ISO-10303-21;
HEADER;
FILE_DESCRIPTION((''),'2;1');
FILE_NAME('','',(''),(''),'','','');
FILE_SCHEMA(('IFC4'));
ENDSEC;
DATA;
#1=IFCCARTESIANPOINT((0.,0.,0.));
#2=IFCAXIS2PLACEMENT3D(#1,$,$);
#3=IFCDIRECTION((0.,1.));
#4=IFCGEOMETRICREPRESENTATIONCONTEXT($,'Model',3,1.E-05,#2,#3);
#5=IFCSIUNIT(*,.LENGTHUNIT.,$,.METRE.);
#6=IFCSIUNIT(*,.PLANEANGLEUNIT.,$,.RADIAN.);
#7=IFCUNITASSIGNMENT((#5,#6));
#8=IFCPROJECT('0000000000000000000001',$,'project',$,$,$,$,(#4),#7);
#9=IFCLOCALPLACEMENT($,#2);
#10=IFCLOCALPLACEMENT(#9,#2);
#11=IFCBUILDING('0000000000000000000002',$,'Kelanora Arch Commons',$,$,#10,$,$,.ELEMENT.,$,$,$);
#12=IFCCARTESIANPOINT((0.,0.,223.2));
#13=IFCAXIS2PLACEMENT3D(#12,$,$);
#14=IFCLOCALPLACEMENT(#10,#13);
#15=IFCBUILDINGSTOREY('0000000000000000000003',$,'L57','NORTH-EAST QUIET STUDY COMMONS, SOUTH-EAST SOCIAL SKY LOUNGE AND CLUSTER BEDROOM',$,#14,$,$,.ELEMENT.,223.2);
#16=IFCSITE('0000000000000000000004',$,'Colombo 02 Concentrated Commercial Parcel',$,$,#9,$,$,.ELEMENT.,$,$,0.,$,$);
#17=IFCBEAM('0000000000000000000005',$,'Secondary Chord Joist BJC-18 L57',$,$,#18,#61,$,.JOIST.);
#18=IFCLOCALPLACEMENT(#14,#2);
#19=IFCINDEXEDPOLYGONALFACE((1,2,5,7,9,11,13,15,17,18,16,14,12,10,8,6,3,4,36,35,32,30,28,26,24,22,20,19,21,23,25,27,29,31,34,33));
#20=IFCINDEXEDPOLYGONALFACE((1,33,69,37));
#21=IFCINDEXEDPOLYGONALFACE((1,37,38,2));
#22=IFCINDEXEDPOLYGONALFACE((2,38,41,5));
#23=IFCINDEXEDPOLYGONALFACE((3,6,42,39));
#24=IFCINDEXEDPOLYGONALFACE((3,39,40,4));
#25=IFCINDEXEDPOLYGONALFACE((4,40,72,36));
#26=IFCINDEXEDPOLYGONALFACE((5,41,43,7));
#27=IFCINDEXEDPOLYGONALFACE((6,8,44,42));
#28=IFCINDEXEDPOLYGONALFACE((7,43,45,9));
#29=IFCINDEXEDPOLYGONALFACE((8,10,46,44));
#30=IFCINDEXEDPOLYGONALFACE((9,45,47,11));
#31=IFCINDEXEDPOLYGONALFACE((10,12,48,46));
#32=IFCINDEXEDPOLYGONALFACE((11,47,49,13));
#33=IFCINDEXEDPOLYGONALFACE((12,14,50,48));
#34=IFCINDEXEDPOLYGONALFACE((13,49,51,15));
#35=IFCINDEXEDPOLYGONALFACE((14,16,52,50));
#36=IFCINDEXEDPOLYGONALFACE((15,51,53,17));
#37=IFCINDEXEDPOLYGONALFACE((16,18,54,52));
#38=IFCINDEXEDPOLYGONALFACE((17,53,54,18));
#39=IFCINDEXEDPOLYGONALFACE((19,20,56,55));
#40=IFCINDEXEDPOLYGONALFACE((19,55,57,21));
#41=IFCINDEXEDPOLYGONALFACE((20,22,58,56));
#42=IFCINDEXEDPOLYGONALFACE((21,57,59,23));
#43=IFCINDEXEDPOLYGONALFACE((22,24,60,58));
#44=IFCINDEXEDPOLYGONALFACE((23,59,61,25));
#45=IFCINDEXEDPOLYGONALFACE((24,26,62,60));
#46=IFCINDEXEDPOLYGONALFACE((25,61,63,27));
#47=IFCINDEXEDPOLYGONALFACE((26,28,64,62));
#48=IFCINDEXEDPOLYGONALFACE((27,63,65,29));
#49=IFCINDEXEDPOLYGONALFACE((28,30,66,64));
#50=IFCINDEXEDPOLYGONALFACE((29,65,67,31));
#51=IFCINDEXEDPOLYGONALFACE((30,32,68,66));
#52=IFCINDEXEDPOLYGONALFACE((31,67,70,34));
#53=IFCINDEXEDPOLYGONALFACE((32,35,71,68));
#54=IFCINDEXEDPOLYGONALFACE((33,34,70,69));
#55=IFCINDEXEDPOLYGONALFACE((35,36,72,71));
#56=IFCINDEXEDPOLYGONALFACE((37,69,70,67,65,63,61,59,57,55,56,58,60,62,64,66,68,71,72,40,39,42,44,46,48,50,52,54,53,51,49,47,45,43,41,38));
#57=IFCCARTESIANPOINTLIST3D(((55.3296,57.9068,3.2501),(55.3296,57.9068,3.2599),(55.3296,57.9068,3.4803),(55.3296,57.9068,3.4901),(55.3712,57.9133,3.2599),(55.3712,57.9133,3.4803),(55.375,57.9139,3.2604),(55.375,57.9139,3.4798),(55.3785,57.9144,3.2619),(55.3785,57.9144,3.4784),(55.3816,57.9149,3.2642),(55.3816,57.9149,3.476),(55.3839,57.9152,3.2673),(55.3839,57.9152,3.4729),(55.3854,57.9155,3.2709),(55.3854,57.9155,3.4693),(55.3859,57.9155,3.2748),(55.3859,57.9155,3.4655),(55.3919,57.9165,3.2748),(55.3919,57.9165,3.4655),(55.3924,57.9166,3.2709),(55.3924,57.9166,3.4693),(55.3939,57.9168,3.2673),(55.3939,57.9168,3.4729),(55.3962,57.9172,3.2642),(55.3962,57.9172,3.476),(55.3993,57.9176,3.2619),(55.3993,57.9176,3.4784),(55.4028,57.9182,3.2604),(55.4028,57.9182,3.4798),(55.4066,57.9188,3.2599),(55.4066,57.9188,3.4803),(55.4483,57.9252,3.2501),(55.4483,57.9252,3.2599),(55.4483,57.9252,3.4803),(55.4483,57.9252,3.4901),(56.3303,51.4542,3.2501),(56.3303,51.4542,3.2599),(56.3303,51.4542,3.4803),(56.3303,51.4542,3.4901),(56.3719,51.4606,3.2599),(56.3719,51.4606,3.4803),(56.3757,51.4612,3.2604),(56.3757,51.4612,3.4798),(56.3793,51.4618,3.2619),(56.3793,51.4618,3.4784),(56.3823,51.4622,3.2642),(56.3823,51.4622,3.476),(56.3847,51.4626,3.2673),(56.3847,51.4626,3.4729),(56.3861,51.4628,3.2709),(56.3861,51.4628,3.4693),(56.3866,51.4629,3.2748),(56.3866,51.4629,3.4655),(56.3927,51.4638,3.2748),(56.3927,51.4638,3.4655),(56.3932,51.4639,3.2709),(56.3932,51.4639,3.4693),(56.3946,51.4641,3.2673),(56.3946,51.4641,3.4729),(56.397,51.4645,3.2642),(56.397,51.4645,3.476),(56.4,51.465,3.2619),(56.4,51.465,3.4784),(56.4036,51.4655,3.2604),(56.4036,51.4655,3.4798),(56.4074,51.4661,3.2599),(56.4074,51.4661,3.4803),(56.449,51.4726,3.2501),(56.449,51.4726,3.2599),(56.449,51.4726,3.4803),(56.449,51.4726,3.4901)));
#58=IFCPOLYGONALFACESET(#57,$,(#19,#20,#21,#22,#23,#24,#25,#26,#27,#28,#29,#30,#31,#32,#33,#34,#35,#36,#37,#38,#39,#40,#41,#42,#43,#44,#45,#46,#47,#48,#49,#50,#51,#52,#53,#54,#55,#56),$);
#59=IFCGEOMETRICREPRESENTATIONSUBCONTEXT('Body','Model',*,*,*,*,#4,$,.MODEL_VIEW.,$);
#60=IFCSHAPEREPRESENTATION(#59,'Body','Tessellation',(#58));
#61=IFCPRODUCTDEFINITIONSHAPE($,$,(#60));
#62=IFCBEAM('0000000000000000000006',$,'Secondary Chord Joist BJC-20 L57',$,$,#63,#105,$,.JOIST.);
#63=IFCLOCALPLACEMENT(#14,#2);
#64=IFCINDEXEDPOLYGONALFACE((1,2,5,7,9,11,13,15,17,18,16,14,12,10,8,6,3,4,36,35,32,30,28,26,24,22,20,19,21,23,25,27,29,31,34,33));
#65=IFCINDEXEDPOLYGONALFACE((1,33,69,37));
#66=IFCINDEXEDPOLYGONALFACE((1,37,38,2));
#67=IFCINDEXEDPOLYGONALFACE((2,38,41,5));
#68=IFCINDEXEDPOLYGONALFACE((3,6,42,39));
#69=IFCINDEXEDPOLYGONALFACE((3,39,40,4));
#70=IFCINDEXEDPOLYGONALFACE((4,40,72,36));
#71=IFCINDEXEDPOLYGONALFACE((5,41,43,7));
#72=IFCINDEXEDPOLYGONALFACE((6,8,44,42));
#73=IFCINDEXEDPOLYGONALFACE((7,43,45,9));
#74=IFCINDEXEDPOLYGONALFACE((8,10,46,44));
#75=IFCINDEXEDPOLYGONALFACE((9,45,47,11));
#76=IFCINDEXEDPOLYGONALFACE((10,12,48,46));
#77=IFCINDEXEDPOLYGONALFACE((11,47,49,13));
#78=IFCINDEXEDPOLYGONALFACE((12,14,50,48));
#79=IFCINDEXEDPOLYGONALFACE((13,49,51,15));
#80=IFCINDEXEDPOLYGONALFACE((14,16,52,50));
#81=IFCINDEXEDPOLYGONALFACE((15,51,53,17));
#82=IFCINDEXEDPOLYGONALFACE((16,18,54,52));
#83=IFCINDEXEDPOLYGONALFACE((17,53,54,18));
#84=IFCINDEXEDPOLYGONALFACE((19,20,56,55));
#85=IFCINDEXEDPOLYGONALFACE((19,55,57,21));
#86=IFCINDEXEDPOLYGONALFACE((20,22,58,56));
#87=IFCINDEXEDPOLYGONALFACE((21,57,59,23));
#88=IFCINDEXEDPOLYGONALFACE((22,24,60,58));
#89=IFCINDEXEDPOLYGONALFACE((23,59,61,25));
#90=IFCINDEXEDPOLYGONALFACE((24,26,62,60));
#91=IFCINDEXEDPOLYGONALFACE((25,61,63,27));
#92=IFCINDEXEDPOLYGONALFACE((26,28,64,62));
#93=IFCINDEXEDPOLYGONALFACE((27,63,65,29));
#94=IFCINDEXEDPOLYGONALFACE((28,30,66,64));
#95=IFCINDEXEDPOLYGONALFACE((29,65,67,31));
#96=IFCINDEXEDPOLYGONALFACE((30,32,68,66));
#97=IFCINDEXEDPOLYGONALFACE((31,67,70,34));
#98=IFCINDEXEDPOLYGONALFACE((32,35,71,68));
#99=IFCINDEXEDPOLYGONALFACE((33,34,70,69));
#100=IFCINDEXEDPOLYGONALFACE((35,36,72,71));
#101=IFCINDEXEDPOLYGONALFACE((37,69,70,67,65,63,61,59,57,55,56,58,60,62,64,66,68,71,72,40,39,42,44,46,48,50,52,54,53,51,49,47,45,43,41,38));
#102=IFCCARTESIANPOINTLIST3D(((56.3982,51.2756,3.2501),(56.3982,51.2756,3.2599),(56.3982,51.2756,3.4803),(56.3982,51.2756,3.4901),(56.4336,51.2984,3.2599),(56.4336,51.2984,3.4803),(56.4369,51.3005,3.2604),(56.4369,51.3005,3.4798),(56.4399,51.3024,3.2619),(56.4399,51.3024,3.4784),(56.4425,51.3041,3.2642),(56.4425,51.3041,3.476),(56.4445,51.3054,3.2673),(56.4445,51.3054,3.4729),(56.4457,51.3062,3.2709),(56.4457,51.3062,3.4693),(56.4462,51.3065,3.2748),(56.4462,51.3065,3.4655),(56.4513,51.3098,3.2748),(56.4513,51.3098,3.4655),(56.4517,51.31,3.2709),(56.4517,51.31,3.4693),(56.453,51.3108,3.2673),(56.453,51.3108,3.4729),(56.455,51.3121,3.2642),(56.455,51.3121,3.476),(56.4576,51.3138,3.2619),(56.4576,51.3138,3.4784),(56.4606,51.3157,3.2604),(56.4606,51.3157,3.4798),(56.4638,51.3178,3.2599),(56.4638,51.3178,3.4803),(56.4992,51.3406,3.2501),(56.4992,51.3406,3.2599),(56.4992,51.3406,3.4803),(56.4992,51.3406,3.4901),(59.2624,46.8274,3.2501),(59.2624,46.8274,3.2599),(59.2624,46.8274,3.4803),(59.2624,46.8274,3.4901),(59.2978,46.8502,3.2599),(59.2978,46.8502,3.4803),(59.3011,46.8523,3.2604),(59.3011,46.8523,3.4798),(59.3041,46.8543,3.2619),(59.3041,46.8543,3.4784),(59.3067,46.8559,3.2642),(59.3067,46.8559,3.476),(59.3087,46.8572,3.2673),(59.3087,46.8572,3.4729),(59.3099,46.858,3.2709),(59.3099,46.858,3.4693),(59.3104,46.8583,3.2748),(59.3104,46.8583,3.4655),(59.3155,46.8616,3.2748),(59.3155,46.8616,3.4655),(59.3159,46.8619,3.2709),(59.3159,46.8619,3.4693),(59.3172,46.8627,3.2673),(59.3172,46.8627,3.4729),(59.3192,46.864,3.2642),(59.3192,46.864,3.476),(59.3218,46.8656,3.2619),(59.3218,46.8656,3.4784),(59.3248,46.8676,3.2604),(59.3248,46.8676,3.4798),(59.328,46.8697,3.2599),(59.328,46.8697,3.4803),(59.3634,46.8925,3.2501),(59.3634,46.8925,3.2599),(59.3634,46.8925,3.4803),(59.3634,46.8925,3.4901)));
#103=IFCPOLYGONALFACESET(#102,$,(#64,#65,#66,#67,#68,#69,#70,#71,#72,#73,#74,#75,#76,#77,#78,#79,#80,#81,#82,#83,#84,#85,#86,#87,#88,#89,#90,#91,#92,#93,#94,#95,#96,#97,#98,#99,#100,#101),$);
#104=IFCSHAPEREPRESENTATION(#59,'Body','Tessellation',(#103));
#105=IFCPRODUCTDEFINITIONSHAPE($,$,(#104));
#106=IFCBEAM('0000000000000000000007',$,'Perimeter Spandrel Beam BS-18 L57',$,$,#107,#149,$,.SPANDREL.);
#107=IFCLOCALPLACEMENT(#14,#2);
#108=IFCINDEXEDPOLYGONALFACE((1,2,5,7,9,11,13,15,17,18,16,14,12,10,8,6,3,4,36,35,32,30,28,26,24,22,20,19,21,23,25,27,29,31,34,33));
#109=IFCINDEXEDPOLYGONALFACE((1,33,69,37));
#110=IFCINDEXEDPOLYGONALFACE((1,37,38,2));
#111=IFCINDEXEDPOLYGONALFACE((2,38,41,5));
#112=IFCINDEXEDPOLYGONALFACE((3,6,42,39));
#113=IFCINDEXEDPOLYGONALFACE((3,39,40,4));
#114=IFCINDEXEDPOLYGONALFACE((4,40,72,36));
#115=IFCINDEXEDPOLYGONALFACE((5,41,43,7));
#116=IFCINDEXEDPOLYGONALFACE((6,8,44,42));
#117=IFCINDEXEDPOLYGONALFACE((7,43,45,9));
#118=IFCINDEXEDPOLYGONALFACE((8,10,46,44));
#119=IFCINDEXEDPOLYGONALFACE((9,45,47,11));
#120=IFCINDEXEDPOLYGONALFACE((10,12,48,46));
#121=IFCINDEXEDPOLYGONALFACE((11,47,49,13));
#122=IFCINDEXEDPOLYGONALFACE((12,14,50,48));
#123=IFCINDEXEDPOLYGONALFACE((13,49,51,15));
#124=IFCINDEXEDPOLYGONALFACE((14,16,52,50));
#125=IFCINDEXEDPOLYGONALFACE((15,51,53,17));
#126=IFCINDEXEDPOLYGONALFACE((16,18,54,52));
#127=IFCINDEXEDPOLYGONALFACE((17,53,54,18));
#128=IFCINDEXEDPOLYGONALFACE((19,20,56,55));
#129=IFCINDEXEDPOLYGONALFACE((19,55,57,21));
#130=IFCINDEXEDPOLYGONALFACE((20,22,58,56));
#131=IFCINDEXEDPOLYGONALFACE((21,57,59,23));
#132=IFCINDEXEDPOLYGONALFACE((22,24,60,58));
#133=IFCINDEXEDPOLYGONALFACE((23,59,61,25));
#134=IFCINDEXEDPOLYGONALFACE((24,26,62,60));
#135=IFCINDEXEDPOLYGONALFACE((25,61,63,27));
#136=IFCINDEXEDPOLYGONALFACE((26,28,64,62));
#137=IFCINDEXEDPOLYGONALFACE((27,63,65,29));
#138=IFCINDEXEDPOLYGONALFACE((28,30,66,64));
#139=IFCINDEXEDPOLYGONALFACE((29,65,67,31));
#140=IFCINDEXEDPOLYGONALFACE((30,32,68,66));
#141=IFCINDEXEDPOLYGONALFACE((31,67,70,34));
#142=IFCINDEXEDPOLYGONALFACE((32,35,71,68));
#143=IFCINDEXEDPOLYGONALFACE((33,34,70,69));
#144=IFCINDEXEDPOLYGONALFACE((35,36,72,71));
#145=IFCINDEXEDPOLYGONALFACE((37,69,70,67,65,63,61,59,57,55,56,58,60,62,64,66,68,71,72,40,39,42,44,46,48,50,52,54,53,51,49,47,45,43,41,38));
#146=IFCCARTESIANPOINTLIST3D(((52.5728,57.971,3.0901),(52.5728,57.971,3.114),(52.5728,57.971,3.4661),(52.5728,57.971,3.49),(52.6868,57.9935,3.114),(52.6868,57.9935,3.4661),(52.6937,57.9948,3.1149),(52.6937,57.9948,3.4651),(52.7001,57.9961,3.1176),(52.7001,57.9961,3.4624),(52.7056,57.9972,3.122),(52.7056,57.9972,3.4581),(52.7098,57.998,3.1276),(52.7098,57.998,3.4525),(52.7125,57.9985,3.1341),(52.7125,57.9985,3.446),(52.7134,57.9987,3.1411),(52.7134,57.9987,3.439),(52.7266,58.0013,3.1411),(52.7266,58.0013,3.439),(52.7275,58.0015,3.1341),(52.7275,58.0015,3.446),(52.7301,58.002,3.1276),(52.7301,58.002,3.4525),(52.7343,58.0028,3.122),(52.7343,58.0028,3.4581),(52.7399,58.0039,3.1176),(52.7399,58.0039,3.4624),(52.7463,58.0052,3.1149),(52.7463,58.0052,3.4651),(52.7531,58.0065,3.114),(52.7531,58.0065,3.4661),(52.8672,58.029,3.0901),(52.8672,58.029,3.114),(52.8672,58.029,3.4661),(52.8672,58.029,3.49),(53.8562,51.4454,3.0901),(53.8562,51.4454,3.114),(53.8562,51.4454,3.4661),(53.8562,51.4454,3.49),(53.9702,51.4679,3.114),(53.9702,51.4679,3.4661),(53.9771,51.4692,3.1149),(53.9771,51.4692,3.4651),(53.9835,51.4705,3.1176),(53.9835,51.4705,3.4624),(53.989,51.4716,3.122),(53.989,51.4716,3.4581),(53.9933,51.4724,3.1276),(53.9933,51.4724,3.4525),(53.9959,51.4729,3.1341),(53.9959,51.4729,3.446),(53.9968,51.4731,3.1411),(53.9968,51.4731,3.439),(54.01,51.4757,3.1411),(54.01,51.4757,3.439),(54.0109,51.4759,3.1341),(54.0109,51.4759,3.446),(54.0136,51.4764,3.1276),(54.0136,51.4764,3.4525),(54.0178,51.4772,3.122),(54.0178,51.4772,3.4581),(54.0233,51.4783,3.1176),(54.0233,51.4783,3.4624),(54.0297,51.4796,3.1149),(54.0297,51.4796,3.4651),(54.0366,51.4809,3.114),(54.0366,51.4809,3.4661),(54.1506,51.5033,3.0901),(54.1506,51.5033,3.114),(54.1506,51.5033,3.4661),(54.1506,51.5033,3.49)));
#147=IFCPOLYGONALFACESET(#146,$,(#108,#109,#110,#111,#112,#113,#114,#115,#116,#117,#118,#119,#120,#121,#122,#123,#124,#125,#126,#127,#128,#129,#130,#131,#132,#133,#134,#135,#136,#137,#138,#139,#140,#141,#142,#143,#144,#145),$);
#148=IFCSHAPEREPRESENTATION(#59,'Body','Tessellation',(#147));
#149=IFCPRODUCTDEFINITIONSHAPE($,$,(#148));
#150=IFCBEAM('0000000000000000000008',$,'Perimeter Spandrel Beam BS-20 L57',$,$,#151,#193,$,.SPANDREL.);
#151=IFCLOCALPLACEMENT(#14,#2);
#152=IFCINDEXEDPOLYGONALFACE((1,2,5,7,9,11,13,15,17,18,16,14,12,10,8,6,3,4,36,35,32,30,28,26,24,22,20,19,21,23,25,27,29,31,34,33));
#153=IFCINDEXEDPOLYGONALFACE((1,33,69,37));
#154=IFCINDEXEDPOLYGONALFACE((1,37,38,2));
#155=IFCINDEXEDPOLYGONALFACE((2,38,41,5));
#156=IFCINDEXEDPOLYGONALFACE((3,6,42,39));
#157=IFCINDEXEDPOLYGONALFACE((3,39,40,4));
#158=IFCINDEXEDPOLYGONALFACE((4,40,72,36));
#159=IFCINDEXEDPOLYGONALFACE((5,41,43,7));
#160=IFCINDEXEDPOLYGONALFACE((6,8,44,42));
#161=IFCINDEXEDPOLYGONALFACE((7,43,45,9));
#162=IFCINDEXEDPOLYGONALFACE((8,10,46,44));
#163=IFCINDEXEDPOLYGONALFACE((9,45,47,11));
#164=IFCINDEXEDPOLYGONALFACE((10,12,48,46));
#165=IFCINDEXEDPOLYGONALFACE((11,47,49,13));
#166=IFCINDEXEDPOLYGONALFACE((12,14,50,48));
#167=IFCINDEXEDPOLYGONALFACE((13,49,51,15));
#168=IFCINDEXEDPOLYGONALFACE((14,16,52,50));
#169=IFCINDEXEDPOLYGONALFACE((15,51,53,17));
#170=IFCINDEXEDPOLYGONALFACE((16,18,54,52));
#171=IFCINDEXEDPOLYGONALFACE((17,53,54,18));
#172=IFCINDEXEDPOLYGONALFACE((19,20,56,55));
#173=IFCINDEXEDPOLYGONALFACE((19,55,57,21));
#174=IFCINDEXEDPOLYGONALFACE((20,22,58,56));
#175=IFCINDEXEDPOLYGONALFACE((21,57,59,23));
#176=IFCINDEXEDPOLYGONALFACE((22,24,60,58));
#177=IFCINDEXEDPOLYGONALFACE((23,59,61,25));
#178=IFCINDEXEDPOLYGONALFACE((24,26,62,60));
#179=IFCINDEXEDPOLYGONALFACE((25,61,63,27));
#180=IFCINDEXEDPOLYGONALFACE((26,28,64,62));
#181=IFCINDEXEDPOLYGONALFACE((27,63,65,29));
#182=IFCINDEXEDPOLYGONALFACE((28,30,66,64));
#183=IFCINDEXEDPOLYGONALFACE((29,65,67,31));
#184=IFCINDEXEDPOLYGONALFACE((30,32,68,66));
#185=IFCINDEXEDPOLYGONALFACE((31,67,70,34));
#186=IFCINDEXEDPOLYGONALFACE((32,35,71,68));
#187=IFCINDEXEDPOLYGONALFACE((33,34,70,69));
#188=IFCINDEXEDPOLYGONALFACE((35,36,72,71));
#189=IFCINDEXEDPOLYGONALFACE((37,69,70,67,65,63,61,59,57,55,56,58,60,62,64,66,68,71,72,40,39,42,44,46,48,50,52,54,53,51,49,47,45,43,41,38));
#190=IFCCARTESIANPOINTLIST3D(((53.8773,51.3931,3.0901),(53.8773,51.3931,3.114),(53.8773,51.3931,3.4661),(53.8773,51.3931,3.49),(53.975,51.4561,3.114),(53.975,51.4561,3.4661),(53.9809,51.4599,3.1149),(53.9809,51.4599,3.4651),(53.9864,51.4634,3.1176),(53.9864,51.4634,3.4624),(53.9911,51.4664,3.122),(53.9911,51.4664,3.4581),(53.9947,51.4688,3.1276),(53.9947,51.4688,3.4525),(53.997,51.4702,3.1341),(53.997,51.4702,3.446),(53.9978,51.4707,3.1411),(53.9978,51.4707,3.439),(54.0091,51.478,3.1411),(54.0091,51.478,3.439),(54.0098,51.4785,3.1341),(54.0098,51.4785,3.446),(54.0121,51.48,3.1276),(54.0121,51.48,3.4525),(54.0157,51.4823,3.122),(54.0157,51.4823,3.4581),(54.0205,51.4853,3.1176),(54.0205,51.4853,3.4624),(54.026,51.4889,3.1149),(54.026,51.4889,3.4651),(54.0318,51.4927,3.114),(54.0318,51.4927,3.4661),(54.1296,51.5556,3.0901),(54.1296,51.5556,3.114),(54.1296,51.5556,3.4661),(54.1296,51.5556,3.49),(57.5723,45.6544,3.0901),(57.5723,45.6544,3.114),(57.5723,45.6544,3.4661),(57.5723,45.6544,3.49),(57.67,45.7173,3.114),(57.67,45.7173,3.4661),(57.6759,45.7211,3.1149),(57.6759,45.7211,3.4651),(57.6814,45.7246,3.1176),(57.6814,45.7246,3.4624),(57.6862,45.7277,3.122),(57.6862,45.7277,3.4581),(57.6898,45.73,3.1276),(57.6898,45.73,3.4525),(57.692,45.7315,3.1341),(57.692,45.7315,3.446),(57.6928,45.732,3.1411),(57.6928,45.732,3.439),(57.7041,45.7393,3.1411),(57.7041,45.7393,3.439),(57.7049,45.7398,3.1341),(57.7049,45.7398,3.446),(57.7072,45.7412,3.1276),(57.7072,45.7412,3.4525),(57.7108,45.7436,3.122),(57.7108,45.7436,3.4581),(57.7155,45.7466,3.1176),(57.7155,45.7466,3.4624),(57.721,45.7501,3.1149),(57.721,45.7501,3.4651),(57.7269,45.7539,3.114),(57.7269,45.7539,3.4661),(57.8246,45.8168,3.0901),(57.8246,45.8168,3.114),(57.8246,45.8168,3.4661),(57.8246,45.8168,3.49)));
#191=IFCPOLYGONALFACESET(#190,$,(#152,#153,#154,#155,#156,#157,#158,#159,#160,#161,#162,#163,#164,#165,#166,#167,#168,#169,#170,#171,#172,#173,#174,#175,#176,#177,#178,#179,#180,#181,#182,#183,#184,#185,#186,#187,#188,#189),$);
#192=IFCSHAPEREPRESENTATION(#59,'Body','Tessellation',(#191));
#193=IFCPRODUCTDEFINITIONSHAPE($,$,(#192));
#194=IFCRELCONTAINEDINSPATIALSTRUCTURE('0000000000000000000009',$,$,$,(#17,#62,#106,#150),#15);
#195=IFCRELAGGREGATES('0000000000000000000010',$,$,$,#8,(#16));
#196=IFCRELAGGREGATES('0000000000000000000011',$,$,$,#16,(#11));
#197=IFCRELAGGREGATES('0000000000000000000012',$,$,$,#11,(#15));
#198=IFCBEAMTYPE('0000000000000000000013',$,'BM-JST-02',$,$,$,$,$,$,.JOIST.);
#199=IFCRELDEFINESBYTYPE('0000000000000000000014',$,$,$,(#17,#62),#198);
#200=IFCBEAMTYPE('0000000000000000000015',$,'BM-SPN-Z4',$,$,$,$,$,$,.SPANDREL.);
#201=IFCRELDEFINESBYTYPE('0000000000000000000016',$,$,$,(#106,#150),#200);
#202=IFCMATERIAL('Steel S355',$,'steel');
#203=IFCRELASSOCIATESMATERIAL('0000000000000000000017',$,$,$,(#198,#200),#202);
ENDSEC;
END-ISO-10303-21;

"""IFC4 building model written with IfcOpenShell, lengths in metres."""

from ifc_helpers import new_model, si_unit, direction, frame, origin, origin_2d, place, context, subcontext, project, spatial, i_section, extrude, material, material_profile, profile_set, type_object, element, save


model = new_model("IFC4")

# Units and contexts
model_context = context("Model", 3, precision=1e-05, world=origin(), true_north=direction((0.0, 1.0)))
body_context = subcontext(model_context, "Body", "Model", "MODEL_VIEW")
ifc_project = project(units=[si_unit("LENGTHUNIT", "METRE"), si_unit("PLANEANGLEUNIT", "RADIAN")], contexts=[model_context])

# Site, building, storey
site_placement = place(None, origin())
site = spatial("IfcSite", under=ifc_project, at=site_placement, Name="Colombo 02 Concentrated Commercial Parcel", CompositionType="ELEMENT", RefElevation=0.0)
building_placement = place(site_placement, origin())
building = spatial("IfcBuilding", under=site, at=building_placement, Name="Kelanora Arch Commons", CompositionType="ELEMENT")
storey_placement = place(building_placement, frame((0.0, 0.0, 223.2)))
storey = spatial("IfcBuildingStorey", under=building, at=storey_placement, Name="L57", Description="NORTH-EAST QUIET STUDY COMMONS, SOUTH-EAST SOCIAL SKY LOUNGE AND CLUSTER BEDROOM", CompositionType="ELEMENT", Elevation=223.2)

# Beams
ifc_material_1 = material(Name="Steel S355", Category="steel")
ifc_material_profile_1 = material_profile(ifc_material_1, i_section(OverallWidth=0.1201, OverallDepth=0.24, WebThickness=0.0061, FlangeThickness=0.0098, FilletRadius=0.0149, at=origin_2d()), Name="IPE240")
ifc_profile_set_1 = profile_set([ifc_material_profile_1], Name="Steel S355")
beam_type_1 = type_object("IfcBeamType", Name="BM-JST-02", PredefinedType="JOIST", material=ifc_profile_set_1)
beam_1_placement = place(storey_placement, frame((55.3889, 57.916, 3.3701), z_axis=(0.153257, -0.988186, 0.0), x_axis=(0.988186, 0.153257, 0.0)))
element("IfcBeam", 1, at=beam_1_placement, inside=storey, type_object=beam_type_1, Name="Secondary Chord Joist BJC-18 L57", PredefinedType="JOIST", context=body_context, shape_type="SweptSolid", body=[
    extrude(i_section(OverallWidth=0.1201, OverallDepth=0.24, WebThickness=0.0061, FlangeThickness=0.0098, FilletRadius=0.0149, at=origin_2d()), origin(), (0.0, 0.0, 1.0), 6.5298),
])
beam_2_placement = place(storey_placement, frame((56.4487, 51.3081, 3.3701), z_axis=(0.541382, -0.840776, 0.0), x_axis=(0.840776, 0.541382, 0.0)))
element("IfcBeam", 2, at=beam_2_placement, inside=storey, type_object=beam_type_1, Name="Secondary Chord Joist BJC-20 L57", PredefinedType="JOIST", context=body_context, shape_type="SweptSolid", body=[
    extrude(i_section(OverallWidth=0.1201, OverallDepth=0.24, WebThickness=0.0061, FlangeThickness=0.0098, FilletRadius=0.0149, at=origin_2d()), origin(), (0.0, 0.0, 1.0), 5.2905),
])
ifc_material_profile_2 = material_profile(ifc_material_1, i_section(OverallWidth=0.3, OverallDepth=0.3999, WebThickness=0.0134, FlangeThickness=0.0239, FilletRadius=0.0271, at=origin_2d()), Name="HEB400")
ifc_profile_set_2 = profile_set([ifc_material_profile_2], Name="Steel S355")
beam_type_2 = type_object("IfcBeamType", Name="BM-SPN-Z4", PredefinedType="SPANDREL", material=ifc_profile_set_2)
beam_3_placement = place(storey_placement, frame((52.72, 58.0, 3.29), z_axis=(0.192981, -0.981203, 0.0), x_axis=(0.981203, 0.192981, 0.0)))
element("IfcBeam", 3, at=beam_3_placement, inside=storey, type_object=beam_type_2, Name="Perimeter Spandrel Beam BS-18 L57", PredefinedType="SPANDREL", context=body_context, shape_type="SweptSolid", body=[
    extrude(i_section(OverallWidth=0.3, OverallDepth=0.3999, WebThickness=0.0134, FlangeThickness=0.0239, FilletRadius=0.0271, at=origin_2d()), origin(), (0.0, 0.0, 1.0), 6.6506),
])
beam_4_placement = place(storey_placement, frame((54.0034, 51.4744, 3.29), z_axis=(0.541365, -0.840788, 0.0), x_axis=(0.840788, 0.541365, 0.0)))
element("IfcBeam", 4, at=beam_4_placement, inside=storey, type_object=beam_type_2, Name="Perimeter Spandrel Beam BS-20 L57", PredefinedType="SPANDREL", context=body_context, shape_type="SweptSolid", body=[
    extrude(i_section(OverallWidth=0.3, OverallDepth=0.3999, WebThickness=0.0134, FlangeThickness=0.0239, FilletRadius=0.0271, at=origin_2d()), origin(), (0.0, 0.0, 1.0), 6.8254),
])

save(model, "model.ifc")
